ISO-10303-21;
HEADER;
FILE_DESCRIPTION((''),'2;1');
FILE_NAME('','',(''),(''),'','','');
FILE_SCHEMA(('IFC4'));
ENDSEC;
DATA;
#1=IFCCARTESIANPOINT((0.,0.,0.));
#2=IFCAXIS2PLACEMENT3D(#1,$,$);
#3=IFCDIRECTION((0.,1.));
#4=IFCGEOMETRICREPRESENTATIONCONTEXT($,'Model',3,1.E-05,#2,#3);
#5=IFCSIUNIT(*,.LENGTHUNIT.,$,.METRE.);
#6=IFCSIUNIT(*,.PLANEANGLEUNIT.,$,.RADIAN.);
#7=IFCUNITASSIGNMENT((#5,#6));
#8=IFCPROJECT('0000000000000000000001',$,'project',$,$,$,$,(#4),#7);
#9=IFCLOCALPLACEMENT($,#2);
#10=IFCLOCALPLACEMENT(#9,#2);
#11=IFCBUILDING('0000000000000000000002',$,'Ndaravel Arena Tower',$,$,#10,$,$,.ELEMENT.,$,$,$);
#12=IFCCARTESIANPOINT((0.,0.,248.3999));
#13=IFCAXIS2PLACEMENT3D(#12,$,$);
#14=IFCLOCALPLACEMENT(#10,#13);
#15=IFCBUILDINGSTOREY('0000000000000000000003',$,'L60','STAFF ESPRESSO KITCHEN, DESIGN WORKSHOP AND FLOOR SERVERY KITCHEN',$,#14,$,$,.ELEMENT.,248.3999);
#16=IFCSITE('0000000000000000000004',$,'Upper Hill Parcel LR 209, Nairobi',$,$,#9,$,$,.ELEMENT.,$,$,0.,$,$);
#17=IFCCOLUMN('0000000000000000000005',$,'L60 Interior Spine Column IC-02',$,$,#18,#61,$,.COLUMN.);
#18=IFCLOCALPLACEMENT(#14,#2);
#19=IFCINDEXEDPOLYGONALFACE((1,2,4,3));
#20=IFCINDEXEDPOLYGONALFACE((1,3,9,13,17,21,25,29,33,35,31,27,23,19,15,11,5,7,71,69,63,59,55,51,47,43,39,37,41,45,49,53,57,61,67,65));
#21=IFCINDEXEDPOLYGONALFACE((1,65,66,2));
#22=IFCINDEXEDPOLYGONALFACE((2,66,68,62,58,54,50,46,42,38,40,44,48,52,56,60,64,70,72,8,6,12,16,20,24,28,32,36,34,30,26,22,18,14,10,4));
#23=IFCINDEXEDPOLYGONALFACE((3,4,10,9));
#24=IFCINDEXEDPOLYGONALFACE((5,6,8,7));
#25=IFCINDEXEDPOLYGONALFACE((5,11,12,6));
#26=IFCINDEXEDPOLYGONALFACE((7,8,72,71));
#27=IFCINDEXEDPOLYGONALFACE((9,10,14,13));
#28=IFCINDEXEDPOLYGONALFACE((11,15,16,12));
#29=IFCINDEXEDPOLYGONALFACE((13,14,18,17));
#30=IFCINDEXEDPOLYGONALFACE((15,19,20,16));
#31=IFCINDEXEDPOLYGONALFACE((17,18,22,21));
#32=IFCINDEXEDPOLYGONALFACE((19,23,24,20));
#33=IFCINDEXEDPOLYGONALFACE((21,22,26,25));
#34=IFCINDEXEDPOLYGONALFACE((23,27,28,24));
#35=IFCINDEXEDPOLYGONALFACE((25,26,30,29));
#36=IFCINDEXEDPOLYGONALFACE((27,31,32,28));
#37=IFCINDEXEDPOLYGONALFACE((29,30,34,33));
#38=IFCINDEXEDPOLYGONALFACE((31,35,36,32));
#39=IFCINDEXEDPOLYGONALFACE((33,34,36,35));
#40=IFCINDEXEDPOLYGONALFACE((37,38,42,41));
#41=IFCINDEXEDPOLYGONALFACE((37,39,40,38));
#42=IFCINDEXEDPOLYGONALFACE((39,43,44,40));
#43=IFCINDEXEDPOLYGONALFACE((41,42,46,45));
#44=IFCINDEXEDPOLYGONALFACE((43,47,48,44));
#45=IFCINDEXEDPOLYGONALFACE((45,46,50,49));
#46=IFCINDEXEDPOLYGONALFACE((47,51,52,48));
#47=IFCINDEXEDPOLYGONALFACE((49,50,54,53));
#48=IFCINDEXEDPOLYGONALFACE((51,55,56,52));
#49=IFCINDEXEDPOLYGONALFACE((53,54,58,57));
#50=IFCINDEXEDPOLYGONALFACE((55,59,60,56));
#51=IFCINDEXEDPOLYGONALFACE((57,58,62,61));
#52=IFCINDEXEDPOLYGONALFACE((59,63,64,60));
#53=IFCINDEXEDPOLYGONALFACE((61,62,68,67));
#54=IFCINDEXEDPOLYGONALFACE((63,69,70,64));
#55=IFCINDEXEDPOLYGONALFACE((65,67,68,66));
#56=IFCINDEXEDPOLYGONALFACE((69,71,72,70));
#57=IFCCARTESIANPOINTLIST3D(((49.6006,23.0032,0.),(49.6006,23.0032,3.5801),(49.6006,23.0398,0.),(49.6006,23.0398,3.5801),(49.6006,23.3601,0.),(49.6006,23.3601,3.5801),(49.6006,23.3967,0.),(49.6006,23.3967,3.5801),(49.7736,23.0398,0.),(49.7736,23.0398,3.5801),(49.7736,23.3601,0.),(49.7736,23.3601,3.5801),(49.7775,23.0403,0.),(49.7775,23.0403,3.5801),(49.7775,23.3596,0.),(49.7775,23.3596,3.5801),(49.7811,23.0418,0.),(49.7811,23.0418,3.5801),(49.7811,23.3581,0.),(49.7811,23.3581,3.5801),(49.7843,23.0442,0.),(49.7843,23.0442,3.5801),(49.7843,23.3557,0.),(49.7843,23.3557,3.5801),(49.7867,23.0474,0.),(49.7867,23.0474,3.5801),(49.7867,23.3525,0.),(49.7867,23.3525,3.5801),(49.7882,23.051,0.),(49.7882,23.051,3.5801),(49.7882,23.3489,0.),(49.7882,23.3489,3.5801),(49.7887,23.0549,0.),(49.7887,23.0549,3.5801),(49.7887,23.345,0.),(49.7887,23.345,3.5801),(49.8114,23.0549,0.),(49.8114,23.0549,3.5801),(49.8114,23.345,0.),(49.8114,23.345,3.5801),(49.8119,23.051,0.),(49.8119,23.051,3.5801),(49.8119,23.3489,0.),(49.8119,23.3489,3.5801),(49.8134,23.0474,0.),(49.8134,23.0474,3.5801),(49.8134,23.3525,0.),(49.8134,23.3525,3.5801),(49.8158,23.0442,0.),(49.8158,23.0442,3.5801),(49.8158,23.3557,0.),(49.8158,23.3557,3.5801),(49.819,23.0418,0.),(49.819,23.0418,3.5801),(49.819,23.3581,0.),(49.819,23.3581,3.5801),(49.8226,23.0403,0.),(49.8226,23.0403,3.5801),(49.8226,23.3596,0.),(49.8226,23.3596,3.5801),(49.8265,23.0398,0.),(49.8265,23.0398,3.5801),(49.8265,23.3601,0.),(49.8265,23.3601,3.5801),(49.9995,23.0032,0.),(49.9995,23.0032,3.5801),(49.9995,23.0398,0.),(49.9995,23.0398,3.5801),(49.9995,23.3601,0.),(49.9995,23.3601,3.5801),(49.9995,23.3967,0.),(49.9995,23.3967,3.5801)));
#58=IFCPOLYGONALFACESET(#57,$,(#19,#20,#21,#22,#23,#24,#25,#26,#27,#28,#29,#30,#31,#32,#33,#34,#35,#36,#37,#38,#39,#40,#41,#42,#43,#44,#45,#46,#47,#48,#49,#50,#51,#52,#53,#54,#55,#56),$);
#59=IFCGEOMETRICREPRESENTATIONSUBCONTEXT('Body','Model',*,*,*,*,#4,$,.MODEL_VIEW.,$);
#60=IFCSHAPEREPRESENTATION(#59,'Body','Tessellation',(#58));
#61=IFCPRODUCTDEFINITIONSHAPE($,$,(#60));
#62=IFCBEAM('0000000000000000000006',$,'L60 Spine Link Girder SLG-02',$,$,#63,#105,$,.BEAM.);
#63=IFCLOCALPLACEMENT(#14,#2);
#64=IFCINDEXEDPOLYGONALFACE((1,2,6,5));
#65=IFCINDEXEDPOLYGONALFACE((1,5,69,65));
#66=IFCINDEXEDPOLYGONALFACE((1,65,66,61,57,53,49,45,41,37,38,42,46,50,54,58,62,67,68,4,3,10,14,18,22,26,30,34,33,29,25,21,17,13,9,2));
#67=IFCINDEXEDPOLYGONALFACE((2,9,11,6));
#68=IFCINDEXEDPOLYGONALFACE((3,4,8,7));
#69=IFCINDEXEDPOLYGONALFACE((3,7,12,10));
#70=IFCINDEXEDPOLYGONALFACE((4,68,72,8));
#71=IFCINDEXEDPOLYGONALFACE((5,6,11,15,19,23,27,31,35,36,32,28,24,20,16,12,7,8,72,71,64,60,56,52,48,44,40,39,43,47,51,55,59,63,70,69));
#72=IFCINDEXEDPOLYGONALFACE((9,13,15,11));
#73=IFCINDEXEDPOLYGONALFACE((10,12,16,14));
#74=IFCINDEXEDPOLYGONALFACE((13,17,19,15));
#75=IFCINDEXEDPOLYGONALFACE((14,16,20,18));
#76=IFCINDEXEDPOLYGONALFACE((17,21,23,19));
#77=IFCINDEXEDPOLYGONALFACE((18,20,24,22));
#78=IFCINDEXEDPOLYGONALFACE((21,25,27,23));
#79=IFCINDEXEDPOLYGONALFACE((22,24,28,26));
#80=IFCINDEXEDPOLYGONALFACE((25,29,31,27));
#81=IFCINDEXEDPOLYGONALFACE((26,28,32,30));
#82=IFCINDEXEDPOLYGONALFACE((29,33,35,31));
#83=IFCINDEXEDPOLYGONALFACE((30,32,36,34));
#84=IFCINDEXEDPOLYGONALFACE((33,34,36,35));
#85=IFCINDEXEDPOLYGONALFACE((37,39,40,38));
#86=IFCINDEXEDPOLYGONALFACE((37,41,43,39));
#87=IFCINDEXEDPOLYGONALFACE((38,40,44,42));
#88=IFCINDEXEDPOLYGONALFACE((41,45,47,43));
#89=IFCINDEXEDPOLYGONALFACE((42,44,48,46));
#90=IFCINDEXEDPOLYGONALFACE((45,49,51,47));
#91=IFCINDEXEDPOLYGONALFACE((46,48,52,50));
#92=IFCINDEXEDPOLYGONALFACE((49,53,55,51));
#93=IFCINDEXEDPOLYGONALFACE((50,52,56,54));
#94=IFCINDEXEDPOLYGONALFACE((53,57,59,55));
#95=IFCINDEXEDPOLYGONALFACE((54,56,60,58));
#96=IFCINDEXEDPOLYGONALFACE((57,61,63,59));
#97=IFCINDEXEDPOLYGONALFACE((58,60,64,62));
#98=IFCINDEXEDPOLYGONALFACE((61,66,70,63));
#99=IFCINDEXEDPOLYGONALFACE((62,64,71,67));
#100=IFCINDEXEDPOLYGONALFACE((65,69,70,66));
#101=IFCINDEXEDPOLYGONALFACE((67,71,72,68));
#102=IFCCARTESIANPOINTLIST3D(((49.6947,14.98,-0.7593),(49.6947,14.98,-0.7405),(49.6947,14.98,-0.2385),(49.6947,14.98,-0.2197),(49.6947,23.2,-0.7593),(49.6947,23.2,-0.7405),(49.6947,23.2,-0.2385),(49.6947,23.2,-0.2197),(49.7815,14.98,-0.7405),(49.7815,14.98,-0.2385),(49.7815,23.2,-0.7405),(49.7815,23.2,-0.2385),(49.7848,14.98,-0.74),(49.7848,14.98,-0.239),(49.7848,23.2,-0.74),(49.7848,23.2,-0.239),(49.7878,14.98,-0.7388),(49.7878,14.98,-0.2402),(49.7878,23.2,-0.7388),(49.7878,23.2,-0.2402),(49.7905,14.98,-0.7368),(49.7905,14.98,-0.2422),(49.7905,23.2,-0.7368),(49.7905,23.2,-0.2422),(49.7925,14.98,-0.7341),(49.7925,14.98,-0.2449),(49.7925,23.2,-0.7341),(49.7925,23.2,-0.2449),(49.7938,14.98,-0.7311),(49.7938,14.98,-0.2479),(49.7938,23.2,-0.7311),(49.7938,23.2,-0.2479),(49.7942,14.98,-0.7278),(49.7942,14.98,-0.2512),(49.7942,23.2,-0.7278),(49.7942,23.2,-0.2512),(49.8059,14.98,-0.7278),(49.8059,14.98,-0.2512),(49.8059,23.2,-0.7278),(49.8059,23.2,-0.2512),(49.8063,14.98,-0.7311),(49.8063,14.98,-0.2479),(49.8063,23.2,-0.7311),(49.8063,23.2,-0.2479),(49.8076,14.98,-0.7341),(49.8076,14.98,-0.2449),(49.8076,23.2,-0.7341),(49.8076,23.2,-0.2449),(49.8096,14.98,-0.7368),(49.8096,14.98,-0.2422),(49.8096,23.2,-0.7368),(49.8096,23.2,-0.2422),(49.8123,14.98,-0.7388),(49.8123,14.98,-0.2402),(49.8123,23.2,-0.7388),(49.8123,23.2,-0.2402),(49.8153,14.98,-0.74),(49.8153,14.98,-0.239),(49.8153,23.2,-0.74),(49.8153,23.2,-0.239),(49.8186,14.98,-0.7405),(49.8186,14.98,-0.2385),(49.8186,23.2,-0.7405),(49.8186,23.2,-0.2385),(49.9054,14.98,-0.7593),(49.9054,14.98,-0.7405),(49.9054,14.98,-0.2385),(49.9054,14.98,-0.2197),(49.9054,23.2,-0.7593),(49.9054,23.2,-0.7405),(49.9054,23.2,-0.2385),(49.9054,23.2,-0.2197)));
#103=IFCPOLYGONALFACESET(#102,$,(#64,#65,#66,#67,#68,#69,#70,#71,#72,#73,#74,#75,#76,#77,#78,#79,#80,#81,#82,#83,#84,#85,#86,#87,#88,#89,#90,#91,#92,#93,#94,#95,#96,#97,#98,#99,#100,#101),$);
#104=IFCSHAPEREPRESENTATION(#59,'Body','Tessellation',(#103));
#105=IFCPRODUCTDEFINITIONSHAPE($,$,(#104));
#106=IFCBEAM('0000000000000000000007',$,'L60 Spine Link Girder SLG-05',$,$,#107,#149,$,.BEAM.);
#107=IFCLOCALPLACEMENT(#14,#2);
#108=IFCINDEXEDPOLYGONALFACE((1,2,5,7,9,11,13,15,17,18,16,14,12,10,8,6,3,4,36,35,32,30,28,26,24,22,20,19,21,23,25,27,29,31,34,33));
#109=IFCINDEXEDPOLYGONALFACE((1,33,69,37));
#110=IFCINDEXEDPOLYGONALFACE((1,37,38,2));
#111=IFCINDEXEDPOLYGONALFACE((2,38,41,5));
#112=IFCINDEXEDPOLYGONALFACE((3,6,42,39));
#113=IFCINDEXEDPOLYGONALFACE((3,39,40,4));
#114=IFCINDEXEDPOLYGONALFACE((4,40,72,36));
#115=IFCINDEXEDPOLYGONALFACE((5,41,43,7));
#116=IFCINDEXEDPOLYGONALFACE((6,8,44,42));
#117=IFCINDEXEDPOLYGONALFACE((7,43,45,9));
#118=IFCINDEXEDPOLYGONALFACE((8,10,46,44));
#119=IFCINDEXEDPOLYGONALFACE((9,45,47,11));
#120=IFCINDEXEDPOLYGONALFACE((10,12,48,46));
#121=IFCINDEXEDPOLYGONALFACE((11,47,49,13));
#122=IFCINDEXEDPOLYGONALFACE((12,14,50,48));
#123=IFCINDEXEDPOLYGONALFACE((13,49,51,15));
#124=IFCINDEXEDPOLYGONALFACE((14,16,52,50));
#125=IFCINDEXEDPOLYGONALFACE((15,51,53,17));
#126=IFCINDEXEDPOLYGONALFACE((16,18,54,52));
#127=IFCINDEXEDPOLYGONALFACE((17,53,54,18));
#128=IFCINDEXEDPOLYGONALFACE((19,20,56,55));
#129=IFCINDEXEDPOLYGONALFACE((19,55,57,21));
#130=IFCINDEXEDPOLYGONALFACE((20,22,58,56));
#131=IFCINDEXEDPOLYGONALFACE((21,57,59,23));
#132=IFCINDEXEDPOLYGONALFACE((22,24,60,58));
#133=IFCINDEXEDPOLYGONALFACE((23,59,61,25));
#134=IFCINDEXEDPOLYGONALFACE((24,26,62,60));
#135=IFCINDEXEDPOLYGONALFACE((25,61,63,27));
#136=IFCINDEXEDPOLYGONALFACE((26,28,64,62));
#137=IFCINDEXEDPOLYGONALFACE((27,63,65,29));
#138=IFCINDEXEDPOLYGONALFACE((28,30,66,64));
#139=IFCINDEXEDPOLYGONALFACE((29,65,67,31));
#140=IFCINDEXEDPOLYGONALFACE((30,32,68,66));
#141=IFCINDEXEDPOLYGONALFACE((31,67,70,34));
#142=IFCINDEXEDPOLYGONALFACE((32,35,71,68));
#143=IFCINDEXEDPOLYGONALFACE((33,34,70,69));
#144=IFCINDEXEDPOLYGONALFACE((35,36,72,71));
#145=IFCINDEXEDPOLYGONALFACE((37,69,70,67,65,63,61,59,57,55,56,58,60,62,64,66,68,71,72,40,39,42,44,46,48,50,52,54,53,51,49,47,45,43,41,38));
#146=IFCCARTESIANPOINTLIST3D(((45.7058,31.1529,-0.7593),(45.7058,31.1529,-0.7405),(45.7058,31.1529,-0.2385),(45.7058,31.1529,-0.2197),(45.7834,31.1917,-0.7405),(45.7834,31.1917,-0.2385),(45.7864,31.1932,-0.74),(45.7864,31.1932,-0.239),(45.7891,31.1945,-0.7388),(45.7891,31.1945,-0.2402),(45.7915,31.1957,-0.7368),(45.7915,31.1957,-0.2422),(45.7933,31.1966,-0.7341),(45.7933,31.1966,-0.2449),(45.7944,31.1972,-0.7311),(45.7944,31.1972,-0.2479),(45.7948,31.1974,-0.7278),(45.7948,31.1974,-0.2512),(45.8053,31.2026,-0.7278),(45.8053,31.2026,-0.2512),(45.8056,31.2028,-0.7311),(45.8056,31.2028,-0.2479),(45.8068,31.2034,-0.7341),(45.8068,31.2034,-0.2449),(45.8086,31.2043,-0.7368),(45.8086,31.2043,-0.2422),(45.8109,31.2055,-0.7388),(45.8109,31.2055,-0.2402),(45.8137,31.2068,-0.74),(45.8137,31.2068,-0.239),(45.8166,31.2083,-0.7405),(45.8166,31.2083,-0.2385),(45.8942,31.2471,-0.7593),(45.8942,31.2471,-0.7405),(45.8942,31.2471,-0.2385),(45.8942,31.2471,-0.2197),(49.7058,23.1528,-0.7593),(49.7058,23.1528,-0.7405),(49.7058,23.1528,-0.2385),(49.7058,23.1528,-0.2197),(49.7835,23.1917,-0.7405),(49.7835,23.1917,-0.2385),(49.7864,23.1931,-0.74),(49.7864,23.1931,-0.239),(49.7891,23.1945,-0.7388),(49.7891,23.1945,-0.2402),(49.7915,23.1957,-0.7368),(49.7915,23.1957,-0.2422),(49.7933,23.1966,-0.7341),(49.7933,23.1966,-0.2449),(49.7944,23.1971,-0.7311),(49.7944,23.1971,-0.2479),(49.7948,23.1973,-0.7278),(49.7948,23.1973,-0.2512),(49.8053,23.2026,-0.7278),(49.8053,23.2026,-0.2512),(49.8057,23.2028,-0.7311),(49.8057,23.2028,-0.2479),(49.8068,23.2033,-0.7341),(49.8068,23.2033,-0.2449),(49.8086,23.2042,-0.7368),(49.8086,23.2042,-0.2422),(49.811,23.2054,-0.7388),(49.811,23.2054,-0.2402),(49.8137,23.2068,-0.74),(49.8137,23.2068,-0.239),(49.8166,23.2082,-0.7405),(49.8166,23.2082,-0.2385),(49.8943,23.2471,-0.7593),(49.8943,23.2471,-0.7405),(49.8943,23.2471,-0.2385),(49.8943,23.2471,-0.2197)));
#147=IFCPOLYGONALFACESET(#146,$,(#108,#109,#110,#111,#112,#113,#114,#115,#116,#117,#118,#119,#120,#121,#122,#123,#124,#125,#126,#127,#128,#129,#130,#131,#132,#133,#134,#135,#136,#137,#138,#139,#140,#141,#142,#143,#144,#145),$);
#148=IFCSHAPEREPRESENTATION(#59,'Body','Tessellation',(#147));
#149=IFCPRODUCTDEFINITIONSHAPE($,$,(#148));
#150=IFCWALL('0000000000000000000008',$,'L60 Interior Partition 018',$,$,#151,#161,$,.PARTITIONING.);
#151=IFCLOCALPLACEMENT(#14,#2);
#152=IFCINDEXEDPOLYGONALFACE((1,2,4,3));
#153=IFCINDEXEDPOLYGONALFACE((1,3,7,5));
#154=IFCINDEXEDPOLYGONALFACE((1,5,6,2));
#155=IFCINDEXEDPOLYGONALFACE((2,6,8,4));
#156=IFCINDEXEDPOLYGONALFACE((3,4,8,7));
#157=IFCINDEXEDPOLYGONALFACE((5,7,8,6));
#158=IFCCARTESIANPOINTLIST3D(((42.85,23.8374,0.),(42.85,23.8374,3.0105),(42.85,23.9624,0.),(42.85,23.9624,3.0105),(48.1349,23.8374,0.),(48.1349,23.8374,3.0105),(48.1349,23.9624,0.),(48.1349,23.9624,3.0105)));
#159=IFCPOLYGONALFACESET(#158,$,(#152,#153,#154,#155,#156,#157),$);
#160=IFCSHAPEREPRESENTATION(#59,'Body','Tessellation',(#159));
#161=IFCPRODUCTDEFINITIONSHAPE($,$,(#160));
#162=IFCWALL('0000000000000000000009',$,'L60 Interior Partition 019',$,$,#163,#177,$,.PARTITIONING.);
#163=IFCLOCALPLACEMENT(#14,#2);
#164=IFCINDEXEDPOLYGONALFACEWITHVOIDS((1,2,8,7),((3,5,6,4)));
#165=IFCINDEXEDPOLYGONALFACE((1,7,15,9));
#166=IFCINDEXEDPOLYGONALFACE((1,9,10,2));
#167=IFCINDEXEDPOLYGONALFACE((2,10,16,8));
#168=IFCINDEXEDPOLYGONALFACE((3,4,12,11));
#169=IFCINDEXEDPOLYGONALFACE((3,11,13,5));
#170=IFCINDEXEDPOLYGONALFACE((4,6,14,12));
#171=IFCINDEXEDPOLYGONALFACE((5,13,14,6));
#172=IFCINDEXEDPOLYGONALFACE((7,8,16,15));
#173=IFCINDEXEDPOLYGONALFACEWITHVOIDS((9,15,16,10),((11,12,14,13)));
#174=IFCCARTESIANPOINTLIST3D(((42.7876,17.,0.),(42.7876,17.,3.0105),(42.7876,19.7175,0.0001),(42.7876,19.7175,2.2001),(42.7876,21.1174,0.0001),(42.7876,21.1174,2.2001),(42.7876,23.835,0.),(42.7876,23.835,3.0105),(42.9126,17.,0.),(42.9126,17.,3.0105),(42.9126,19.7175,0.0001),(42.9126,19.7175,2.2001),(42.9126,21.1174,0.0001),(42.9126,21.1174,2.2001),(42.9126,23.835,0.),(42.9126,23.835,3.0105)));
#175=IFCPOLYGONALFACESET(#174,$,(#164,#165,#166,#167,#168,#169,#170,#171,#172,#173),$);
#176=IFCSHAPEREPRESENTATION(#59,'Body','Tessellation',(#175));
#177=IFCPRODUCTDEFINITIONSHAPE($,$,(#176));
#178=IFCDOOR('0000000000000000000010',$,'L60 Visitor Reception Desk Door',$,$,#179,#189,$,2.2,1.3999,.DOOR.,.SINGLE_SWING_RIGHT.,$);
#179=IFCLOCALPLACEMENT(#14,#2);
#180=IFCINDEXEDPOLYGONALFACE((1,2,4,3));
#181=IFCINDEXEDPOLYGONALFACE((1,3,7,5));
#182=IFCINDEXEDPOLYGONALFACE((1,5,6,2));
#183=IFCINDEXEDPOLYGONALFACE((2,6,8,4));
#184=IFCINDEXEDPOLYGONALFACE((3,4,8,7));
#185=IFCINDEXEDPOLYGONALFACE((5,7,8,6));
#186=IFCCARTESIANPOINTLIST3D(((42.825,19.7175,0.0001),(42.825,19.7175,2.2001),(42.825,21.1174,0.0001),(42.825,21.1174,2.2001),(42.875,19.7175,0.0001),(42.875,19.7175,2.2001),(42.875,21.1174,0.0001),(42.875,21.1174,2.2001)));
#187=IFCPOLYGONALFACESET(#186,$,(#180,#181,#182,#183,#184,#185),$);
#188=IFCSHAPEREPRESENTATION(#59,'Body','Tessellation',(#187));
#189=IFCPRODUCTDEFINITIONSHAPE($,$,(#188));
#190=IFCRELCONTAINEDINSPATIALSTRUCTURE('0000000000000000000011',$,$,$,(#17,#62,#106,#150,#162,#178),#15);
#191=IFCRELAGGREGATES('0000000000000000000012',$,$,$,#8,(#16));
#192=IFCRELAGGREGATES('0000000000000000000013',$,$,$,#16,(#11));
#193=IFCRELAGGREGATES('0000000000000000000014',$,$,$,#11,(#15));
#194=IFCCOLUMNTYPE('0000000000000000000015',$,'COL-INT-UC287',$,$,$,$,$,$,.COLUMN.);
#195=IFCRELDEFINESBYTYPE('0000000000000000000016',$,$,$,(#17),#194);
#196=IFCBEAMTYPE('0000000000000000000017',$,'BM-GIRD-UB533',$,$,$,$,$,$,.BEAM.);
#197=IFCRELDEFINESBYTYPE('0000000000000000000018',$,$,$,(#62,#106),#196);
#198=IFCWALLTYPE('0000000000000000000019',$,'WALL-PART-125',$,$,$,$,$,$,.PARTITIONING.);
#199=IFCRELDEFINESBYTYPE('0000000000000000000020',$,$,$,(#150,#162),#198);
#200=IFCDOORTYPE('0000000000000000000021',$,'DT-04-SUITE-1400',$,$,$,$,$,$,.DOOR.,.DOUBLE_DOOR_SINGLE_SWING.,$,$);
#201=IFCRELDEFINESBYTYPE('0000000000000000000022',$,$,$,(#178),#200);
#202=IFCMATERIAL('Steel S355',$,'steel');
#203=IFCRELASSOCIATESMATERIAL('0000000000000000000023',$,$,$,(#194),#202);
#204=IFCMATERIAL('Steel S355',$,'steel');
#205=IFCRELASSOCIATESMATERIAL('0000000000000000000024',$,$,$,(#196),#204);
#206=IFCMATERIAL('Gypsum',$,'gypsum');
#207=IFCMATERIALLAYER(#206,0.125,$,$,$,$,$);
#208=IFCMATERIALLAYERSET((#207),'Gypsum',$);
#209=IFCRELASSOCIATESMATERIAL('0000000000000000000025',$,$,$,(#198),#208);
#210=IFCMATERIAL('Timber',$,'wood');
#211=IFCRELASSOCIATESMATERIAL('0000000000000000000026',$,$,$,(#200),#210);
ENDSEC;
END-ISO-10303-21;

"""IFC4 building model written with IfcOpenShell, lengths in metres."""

from ifc_helpers import new_model, si_unit, direction, frame, frame_2d, origin, origin_2d, place, context, subcontext, project, spatial, rectangle, i_section, extrude, material, layer, layer_set, material_profile, profile_set, type_object, element, fill, save


model = new_model("IFC4")

# Units and contexts
model_context = context("Model", 3, precision=1e-05, world=origin(), true_north=direction((0.0, 1.0)))
body_context = subcontext(model_context, "Body", "Model", "MODEL_VIEW")
ifc_project = project(units=[si_unit("LENGTHUNIT", "METRE"), si_unit("PLANEANGLEUNIT", "RADIAN")], contexts=[model_context])

# Site, building, storey
site_placement = place(None, origin())
site = spatial("IfcSite", under=ifc_project, at=site_placement, Name="Upper Hill Parcel LR 209, Nairobi", CompositionType="ELEMENT", RefElevation=0.0)
building_placement = place(site_placement, origin())
building = spatial("IfcBuilding", under=site, at=building_placement, Name="Ndaravel Arena Tower", CompositionType="ELEMENT")
storey_placement = place(building_placement, frame((0.0, 0.0, 248.3999)))
storey = spatial("IfcBuildingStorey", under=building, at=storey_placement, Name="L60", Description="STAFF ESPRESSO KITCHEN, DESIGN WORKSHOP AND FLOOR SERVERY KITCHEN", CompositionType="ELEMENT", Elevation=248.3999)

# Column
ifc_material_1 = material(Name="Steel S355", Category="steel")
ifc_material_profile_1 = material_profile(ifc_material_1, i_section(OverallWidth=0.3989, OverallDepth=0.3936, WebThickness=0.0227, FlangeThickness=0.0366, FilletRadius=0.0151, at=origin_2d()), Name="UC 356x406x287")
ifc_profile_set_1 = profile_set([ifc_material_profile_1], Name="Steel S355")
column_type = type_object("IfcColumnType", Name="COL-INT-UC287", PredefinedType="COLUMN", material=ifc_profile_set_1)
column_placement = place(storey_placement, frame((49.8, 23.2, 0.0), z_axis=(0.0, 0.0, 1.0), x_axis=(1.0, 0.0, 0.0)))
element("IfcColumn", 1, at=column_placement, inside=storey, type_object=column_type, Name="L60 Interior Spine Column IC-02", PredefinedType="COLUMN", context=body_context, shape_type="SweptSolid", body=[
    extrude(i_section(OverallWidth=0.3989, OverallDepth=0.3936, WebThickness=0.0227, FlangeThickness=0.0366, FilletRadius=0.0151, at=origin_2d()), origin(), (0.0, 0.0, 1.0), 3.5801),
])

# Beams
ifc_material_2 = material(Name="Steel S355", Category="steel")
ifc_material_profile_2 = material_profile(ifc_material_2, i_section(OverallWidth=0.2107, OverallDepth=0.5396, WebThickness=0.0117, FlangeThickness=0.0188, FilletRadius=0.0127, at=origin_2d()), Name="UB 533x210x109")
ifc_profile_set_2 = profile_set([ifc_material_profile_2], Name="Steel S355")
beam_type = type_object("IfcBeamType", Name="BM-GIRD-UB533", PredefinedType="BEAM", material=ifc_profile_set_2)
beam_1_placement = place(storey_placement, frame((49.8, 14.98, -0.4895), z_axis=(0.0, 1.0, 0.0), x_axis=(-1.0, 0.0, 0.0)))
element("IfcBeam", 2, at=beam_1_placement, inside=storey, type_object=beam_type, Name="L60 Spine Link Girder SLG-02", PredefinedType="BEAM", context=body_context, shape_type="SweptSolid", body=[
    extrude(i_section(OverallWidth=0.2107, OverallDepth=0.5396, WebThickness=0.0117, FlangeThickness=0.0188, FilletRadius=0.0127, at=origin_2d()), origin(), (0.0, 0.0, 1.0), 8.22),
])
beam_2_placement = place(storey_placement, frame((49.8, 23.2, -0.4895), z_axis=(-0.447214, 0.894427, 0.0), x_axis=(-0.894427, -0.447214, 0.0)))
element("IfcBeam", 3, at=beam_2_placement, inside=storey, type_object=beam_type, Name="L60 Spine Link Girder SLG-05", PredefinedType="BEAM", context=body_context, shape_type="SweptSolid", body=[
    extrude(i_section(OverallWidth=0.2107, OverallDepth=0.5396, WebThickness=0.0117, FlangeThickness=0.0188, FilletRadius=0.0127, at=origin_2d()), origin(), (0.0, 0.0, 1.0), 8.9443),
])

# Wall
ifc_material_3 = material(Name="Gypsum", Category="gypsum")
ifc_layer_1 = layer(ifc_material_3, 0.125)
ifc_layer_set_1 = layer_set([ifc_layer_1], Name="Gypsum")
wall_type_1 = type_object("IfcWallType", Name="WALL-PART-125", PredefinedType="PARTITIONING", material=ifc_layer_set_1)
wall_1_placement = place(storey_placement, frame((48.135, 23.8999, 0.0), z_axis=(0.0, 0.0, 1.0), x_axis=(-1.0, 0.0, 0.0)))
element("IfcWall", 4, at=wall_1_placement, inside=storey, type_object=wall_type_1, Name="L60 Interior Partition 018", PredefinedType="PARTITIONING", context=body_context, shape_type="SweptSolid", body=[
    extrude(rectangle(XDim=5.2849, YDim=0.125, at=frame_2d((2.6426, 0.0))), origin(), (0.0, 0.0, 1.0), 3.0105),
])

# Wall, opening, door
wall_2_placement = place(storey_placement, frame((42.8501, 23.835, 0.0), z_axis=(0.0, 0.0, 1.0), x_axis=(0.0, -1.0, 0.0)))
wall_2 = element("IfcWall", 5, at=wall_2_placement, inside=storey, type_object=wall_type_1, Name="L60 Interior Partition 019", PredefinedType="PARTITIONING", context=body_context, shape_type="SweptSolid", body=[
    extrude(rectangle(XDim=6.835, YDim=0.125, at=frame_2d((3.4175, 0.0))), origin(), (0.0, 0.0, 1.0), 3.0105),
])
opening_1_placement = place(wall_2_placement, frame((2.7175, 0.0, 0.0)))
opening_1 = element("IfcOpeningElement", 6, at=opening_1_placement, cuts=wall_2, PredefinedType="OPENING", context=body_context, shape_type="SweptSolid", body=[
    extrude(rectangle(XDim=1.3999, YDim=2.2, at=frame_2d((0.7, 1.1001))), frame((0.0, 0.0625, 0.0), z_axis=(0.0, -1.0, 0.0), x_axis=(1.0, 0.0, 0.0)), (0.0, 0.0, 1.0), 0.125),
])
ifc_material_4 = material(Name="Timber", Category="wood")
door_type_1 = type_object("IfcDoorType", Name="DT-04-SUITE-1400", OperationType="DOUBLE_DOOR_SINGLE_SWING", PredefinedType="DOOR", material=ifc_material_4)
door_1_placement = place(opening_1_placement, origin())
door_1 = element("IfcDoor", 7, at=door_1_placement, inside=storey, type_object=door_type_1, Name="L60 Visitor Reception Desk Door", OperationType="SINGLE_SWING_RIGHT", OverallHeight=2.2, OverallWidth=1.3999, PredefinedType="DOOR", context=body_context, shape_type="SweptSolid", body=[
    extrude(rectangle(XDim=1.3999, YDim=2.2, at=frame_2d((0.7, 1.1001))), frame((0.0, 0.0249, 0.0), z_axis=(0.0, -1.0, 0.0), x_axis=(1.0, 0.0, 0.0)), (0.0, 0.0, 1.0), 0.05),
])
fill(opening_1, door_1)

save(model, "model.ifc")
